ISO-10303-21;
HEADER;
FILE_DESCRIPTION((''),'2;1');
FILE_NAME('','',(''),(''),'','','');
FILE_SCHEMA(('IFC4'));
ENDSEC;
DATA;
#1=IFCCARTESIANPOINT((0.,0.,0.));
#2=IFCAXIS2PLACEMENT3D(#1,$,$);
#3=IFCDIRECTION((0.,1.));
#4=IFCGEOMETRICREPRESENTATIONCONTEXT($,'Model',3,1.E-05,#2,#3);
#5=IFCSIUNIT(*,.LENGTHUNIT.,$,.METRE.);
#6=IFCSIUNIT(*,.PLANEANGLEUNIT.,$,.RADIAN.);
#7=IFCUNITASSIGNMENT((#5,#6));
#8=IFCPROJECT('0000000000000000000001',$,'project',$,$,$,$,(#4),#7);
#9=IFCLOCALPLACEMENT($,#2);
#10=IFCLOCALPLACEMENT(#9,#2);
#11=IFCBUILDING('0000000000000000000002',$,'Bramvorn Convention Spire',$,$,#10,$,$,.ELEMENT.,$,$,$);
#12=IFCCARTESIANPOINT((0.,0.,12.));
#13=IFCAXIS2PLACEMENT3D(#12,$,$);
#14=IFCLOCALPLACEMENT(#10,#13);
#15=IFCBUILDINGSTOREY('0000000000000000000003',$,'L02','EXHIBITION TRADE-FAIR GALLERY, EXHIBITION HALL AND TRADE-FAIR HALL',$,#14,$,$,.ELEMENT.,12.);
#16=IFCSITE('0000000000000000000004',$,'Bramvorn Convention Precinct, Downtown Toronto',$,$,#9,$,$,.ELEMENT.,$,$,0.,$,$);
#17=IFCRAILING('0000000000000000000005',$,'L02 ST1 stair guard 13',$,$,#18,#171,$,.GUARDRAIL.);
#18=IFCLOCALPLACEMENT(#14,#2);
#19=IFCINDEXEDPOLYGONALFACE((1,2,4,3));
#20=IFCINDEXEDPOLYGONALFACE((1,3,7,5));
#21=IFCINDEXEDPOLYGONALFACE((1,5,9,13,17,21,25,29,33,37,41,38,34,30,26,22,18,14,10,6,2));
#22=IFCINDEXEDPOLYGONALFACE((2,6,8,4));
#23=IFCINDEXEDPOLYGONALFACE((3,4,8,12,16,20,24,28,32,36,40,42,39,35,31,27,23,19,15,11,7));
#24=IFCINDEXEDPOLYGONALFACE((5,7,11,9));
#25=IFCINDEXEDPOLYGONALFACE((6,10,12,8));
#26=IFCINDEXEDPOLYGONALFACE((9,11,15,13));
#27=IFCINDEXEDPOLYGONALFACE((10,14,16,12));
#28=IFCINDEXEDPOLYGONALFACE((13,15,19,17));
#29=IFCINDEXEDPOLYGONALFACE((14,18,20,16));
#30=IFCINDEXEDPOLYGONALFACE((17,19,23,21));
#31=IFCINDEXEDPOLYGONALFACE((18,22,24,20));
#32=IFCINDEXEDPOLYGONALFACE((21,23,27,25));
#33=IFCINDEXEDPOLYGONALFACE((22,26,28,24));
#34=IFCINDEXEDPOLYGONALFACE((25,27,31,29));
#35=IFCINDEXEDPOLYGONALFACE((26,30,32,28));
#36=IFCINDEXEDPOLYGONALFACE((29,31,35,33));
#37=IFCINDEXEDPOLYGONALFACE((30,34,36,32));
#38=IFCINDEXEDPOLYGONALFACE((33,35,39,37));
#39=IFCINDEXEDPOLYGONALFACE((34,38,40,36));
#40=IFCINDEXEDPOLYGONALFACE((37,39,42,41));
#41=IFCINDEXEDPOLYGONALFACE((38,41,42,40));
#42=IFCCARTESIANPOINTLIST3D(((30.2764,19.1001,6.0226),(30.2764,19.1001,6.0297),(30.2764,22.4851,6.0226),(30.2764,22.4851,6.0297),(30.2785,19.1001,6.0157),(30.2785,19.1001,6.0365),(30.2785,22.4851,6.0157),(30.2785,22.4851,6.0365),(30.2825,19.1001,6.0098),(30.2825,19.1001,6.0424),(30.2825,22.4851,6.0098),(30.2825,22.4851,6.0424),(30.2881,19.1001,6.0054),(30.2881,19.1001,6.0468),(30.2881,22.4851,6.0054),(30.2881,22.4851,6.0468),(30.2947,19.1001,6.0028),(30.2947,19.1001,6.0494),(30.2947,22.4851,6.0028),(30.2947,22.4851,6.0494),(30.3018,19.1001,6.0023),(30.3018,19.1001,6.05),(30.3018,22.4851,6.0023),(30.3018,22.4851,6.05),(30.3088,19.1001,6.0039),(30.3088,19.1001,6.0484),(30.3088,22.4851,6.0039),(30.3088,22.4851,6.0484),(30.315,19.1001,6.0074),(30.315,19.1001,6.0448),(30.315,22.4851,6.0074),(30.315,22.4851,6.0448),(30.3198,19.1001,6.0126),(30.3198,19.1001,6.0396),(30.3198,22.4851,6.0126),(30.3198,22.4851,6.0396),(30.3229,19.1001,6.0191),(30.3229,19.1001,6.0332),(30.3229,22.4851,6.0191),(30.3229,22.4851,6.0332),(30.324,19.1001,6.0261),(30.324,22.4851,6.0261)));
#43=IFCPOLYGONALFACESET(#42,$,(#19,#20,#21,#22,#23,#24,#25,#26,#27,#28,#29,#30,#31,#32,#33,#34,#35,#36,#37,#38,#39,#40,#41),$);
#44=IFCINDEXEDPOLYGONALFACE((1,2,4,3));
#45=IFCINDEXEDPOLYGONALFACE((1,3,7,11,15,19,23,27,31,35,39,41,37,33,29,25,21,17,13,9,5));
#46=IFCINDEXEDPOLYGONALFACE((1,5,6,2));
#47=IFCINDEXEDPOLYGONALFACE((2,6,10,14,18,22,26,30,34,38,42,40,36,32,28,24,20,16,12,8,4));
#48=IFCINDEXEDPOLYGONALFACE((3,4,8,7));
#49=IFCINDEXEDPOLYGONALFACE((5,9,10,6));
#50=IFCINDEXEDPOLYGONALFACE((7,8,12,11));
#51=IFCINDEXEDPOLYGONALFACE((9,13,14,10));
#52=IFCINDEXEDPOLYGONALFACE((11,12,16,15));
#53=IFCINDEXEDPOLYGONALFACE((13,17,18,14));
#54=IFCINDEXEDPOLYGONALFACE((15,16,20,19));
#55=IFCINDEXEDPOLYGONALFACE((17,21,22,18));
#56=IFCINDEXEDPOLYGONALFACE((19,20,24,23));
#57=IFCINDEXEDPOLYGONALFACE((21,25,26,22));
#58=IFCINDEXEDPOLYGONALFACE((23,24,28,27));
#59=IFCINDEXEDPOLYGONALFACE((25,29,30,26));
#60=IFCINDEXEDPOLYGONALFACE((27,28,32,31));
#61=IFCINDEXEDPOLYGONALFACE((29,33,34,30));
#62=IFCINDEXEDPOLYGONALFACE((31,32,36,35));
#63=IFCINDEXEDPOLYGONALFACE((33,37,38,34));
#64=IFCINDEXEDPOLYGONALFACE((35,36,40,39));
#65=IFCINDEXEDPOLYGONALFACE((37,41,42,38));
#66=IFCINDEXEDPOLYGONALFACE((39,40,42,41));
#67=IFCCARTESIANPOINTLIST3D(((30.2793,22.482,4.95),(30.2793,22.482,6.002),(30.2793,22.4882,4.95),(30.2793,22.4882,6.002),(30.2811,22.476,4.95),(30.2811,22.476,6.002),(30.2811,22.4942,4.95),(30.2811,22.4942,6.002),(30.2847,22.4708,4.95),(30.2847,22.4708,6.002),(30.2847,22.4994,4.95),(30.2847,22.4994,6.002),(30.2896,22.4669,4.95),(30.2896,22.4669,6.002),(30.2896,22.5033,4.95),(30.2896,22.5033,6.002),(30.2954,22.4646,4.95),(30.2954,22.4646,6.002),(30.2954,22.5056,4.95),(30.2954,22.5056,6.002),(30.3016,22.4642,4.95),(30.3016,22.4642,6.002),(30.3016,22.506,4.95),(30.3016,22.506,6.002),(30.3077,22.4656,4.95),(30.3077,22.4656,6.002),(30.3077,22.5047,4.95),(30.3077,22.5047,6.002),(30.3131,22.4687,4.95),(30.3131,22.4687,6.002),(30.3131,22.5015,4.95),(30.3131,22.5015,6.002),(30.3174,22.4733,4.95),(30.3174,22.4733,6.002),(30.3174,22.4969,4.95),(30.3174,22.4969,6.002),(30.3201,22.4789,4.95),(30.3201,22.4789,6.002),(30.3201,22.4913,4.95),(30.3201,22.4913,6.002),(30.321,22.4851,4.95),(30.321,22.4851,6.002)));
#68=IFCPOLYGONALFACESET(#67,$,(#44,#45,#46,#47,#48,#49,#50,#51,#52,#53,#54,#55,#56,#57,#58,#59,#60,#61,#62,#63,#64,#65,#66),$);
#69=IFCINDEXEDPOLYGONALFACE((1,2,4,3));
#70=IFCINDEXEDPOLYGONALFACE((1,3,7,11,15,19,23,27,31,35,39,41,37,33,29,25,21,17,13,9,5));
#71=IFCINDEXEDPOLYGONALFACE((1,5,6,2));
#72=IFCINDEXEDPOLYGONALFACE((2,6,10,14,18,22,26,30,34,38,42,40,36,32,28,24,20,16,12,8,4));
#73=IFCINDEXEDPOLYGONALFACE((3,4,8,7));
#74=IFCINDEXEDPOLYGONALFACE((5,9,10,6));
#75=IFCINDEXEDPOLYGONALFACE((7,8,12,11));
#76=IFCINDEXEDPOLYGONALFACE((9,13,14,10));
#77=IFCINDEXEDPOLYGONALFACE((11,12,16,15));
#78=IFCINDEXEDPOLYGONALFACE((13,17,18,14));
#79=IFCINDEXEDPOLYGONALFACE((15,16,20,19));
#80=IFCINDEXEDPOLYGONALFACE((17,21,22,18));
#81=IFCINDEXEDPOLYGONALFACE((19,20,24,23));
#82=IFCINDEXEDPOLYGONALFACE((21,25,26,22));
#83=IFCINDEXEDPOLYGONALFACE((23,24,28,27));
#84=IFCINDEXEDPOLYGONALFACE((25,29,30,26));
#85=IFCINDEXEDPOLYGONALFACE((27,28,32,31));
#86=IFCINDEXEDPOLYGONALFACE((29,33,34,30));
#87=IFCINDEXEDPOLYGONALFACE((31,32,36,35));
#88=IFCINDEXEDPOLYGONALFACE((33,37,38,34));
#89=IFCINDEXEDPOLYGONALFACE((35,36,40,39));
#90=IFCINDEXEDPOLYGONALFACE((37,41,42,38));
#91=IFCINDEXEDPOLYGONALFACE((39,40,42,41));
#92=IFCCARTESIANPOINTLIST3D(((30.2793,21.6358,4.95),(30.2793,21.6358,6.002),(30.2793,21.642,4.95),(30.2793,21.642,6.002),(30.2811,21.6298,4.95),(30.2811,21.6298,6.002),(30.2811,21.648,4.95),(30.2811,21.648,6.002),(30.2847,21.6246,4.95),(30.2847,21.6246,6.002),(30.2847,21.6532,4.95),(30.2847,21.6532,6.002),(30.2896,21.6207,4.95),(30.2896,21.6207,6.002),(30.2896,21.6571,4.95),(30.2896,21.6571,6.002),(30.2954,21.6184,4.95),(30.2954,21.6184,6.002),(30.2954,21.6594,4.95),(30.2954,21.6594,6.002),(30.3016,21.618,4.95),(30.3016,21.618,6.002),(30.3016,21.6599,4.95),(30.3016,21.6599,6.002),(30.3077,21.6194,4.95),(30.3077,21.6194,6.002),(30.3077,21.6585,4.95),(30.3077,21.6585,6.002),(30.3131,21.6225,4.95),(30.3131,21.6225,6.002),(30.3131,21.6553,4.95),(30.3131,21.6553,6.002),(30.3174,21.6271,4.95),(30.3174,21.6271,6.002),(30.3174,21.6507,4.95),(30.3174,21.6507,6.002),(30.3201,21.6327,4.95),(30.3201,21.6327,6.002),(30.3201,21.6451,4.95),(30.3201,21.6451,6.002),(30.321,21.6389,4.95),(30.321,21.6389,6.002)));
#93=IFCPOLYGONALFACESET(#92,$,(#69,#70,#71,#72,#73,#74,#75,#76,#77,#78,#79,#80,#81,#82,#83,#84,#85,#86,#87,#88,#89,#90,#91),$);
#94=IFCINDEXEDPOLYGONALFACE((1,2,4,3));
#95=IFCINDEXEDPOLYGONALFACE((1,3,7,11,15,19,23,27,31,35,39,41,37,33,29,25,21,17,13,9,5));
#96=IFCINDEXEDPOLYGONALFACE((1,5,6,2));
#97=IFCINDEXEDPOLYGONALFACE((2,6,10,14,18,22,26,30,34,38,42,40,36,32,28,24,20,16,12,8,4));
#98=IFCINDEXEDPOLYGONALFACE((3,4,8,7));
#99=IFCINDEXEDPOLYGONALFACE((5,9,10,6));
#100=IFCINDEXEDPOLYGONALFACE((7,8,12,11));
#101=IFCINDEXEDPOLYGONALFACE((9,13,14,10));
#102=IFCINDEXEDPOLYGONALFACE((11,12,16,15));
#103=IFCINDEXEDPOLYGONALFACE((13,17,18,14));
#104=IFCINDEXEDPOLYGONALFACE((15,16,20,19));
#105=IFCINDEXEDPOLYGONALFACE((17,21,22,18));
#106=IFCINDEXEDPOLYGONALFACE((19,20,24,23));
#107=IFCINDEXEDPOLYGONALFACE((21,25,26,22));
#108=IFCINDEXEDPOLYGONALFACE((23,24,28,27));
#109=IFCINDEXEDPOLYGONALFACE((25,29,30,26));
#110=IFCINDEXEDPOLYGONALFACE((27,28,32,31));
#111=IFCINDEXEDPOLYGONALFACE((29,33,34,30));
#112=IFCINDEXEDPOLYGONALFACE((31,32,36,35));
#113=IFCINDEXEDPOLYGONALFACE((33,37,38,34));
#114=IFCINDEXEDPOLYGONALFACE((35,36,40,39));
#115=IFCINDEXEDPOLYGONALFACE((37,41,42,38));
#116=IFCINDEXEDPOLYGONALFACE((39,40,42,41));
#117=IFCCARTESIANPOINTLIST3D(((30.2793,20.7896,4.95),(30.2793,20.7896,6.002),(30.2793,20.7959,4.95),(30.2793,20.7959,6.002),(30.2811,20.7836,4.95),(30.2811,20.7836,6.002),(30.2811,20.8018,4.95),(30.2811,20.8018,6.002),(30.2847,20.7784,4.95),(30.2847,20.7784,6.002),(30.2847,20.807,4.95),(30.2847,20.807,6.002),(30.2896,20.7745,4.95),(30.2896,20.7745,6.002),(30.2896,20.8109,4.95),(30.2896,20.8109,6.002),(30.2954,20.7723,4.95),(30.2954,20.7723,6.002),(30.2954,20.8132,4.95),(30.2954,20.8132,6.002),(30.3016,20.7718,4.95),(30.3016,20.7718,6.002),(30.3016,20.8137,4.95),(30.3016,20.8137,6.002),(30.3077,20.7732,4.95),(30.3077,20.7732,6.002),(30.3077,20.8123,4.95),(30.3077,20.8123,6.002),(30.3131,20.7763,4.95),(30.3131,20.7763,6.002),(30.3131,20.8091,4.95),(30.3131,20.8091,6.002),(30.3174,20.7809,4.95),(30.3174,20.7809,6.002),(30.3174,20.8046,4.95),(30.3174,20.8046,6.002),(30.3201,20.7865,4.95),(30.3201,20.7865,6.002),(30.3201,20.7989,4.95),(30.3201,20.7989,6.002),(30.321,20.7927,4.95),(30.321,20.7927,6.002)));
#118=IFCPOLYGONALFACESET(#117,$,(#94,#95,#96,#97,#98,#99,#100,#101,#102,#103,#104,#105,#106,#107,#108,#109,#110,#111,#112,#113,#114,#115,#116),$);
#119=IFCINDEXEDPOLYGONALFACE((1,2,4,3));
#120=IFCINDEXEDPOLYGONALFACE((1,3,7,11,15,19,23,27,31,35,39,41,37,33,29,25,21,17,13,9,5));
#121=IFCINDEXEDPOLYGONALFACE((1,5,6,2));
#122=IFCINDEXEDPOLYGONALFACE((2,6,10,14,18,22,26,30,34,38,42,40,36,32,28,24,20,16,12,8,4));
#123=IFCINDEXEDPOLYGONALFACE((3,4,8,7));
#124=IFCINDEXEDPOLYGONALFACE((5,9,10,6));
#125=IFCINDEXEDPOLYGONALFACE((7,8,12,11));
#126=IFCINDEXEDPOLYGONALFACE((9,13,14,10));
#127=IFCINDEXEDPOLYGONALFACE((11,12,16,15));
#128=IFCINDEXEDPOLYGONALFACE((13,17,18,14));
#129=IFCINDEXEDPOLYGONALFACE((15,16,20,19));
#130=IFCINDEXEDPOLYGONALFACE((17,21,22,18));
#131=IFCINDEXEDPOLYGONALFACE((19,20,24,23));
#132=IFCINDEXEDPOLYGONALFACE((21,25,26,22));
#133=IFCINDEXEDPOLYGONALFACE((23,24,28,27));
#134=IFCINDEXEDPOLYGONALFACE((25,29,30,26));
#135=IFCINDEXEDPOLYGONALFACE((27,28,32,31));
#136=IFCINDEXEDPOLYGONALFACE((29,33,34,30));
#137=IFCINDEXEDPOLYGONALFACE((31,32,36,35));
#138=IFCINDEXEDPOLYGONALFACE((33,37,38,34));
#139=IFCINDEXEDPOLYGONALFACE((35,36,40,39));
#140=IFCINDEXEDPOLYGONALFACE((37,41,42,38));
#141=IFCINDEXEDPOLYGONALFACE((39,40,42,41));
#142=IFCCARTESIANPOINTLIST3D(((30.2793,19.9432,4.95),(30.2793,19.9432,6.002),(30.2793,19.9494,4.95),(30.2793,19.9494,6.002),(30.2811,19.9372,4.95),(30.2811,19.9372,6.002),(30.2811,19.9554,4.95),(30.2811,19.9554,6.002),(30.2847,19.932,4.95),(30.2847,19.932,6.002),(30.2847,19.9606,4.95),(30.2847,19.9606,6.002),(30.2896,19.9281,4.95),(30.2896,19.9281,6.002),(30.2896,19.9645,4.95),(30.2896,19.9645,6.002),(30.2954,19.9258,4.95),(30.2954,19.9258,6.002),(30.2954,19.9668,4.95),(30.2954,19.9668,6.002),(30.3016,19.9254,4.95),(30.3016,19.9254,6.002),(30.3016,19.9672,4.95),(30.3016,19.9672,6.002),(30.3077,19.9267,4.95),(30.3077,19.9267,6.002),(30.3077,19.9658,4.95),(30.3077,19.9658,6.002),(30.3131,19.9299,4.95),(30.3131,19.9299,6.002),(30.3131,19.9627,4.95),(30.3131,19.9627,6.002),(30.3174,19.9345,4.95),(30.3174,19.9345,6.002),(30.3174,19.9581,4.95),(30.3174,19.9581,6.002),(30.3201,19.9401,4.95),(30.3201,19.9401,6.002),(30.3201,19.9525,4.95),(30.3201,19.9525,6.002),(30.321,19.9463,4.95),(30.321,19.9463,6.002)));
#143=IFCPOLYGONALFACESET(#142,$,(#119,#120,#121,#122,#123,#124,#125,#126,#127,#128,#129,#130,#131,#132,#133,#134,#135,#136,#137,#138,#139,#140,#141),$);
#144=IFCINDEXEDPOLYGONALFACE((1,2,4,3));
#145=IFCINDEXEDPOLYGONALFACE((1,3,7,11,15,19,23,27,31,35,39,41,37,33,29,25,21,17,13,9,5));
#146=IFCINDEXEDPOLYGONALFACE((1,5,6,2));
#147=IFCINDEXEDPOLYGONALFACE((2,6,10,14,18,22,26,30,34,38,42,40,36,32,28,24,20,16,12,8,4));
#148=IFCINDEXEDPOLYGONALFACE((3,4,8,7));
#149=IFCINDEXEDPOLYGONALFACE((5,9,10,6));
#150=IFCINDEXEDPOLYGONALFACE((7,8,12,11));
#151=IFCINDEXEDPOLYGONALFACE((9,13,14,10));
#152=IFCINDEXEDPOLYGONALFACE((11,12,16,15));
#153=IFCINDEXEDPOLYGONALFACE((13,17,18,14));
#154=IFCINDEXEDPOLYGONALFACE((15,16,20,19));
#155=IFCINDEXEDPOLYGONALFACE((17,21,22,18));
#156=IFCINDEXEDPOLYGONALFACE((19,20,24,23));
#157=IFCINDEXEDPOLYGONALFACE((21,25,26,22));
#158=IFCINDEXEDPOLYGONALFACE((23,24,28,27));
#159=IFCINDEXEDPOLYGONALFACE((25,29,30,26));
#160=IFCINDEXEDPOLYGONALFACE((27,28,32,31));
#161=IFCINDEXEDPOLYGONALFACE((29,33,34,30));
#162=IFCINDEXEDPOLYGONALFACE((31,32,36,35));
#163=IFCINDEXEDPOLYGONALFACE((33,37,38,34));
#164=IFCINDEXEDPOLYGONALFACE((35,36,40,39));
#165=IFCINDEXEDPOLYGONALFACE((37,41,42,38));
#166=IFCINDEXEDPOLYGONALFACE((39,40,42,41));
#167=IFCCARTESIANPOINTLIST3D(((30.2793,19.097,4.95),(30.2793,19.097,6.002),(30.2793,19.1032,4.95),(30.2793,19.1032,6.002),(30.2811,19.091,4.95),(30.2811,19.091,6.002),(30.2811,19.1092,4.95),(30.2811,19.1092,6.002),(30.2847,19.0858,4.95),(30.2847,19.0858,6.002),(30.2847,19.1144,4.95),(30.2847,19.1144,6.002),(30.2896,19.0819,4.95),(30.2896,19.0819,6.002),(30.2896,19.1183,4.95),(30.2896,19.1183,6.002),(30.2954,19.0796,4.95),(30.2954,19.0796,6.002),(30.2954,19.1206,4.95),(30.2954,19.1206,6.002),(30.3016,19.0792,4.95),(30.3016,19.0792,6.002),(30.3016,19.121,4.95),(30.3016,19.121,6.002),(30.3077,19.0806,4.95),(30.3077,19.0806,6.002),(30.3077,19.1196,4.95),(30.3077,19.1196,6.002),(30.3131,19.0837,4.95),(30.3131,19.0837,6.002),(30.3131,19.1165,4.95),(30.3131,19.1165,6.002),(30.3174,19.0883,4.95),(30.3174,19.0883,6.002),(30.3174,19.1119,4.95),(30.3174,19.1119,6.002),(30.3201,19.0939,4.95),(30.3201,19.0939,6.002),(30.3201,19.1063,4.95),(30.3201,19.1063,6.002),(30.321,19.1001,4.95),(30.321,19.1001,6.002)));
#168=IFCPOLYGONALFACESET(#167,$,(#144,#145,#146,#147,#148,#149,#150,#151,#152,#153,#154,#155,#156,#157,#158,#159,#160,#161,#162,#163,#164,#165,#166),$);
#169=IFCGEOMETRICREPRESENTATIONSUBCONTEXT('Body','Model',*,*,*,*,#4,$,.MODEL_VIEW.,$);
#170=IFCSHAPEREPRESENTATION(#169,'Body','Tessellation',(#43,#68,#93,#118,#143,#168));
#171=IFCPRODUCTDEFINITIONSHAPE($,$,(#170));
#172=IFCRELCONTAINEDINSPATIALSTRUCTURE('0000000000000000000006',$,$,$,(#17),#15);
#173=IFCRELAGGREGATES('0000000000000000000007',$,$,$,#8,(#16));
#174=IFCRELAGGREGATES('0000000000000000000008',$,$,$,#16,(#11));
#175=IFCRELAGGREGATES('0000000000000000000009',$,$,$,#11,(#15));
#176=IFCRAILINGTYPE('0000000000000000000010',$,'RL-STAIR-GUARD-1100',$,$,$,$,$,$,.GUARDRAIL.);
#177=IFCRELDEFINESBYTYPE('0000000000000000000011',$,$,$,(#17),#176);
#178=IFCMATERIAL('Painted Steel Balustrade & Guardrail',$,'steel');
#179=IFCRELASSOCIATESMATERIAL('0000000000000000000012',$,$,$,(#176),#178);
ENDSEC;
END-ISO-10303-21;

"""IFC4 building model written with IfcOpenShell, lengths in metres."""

from ifc_helpers import new_model, si_unit, direction, frame, origin, origin_2d, place, context, subcontext, project, spatial, circle, extrude, material, type_object, element, save


model = new_model("IFC4")

# Units and contexts
model_context = context("Model", 3, precision=1e-05, world=origin(), true_north=direction((0.0, 1.0)))
body_context = subcontext(model_context, "Body", "Model", "MODEL_VIEW")
ifc_project = project(units=[si_unit("LENGTHUNIT", "METRE"), si_unit("PLANEANGLEUNIT", "RADIAN")], contexts=[model_context])

# Site, building, storey
site_placement = place(None, origin())
site = spatial("IfcSite", under=ifc_project, at=site_placement, Name="Bramvorn Convention Precinct, Downtown Toronto", CompositionType="ELEMENT", RefElevation=0.0)
building_placement = place(site_placement, origin())
building = spatial("IfcBuilding", under=site, at=building_placement, Name="Bramvorn Convention Spire", CompositionType="ELEMENT")
storey_placement = place(building_placement, frame((0.0, 0.0, 12.0)))
storey = spatial("IfcBuildingStorey", under=building, at=storey_placement, Name="L02", Description="EXHIBITION TRADE-FAIR GALLERY, EXHIBITION HALL AND TRADE-FAIR HALL", CompositionType="ELEMENT", Elevation=12.0)

# Railing
ifc_material_1 = material(Name="Painted Steel Balustrade & Guardrail", Category="steel")
railing_type_1 = type_object("IfcRailingType", Name="RL-STAIR-GUARD-1100", PredefinedType="GUARDRAIL", material=ifc_material_1)
railing_1_placement = place(storey_placement, frame((30.3, 22.4851, 4.95)))
element("IfcRailing", 1, at=railing_1_placement, inside=storey, type_object=railing_type_1, Name="L02 ST1 stair guard 13", PredefinedType="GUARDRAIL", context=body_context, shape_type="SweptSolid", body=[
    extrude(circle(Radius=0.0239, at=origin_2d()), frame((0.0, 0.0, 1.0762), z_axis=(0.0, -1.0, 0.0), x_axis=(1.0, 0.0, 0.0)), (0.0, 0.0, 1.0), 3.385),
    extrude(circle(Radius=0.021, at=origin_2d()), origin(), (0.0, 0.0, 1.0), 1.052),
    extrude(circle(Radius=0.021, at=origin_2d()), frame((0.0, -0.8462, 0.0)), (0.0, 0.0, 1.0), 1.052),
    extrude(circle(Radius=0.021, at=origin_2d()), frame((0.0, -1.6924, 0.0)), (0.0, 0.0, 1.0), 1.052),
    extrude(circle(Radius=0.021, at=origin_2d()), frame((0.0, -2.5388, 0.0)), (0.0, 0.0, 1.0), 1.052),
    extrude(circle(Radius=0.021, at=origin_2d()), frame((0.0, -3.385, 0.0)), (0.0, 0.0, 1.0), 1.052),
])

save(model, "model.ifc")
